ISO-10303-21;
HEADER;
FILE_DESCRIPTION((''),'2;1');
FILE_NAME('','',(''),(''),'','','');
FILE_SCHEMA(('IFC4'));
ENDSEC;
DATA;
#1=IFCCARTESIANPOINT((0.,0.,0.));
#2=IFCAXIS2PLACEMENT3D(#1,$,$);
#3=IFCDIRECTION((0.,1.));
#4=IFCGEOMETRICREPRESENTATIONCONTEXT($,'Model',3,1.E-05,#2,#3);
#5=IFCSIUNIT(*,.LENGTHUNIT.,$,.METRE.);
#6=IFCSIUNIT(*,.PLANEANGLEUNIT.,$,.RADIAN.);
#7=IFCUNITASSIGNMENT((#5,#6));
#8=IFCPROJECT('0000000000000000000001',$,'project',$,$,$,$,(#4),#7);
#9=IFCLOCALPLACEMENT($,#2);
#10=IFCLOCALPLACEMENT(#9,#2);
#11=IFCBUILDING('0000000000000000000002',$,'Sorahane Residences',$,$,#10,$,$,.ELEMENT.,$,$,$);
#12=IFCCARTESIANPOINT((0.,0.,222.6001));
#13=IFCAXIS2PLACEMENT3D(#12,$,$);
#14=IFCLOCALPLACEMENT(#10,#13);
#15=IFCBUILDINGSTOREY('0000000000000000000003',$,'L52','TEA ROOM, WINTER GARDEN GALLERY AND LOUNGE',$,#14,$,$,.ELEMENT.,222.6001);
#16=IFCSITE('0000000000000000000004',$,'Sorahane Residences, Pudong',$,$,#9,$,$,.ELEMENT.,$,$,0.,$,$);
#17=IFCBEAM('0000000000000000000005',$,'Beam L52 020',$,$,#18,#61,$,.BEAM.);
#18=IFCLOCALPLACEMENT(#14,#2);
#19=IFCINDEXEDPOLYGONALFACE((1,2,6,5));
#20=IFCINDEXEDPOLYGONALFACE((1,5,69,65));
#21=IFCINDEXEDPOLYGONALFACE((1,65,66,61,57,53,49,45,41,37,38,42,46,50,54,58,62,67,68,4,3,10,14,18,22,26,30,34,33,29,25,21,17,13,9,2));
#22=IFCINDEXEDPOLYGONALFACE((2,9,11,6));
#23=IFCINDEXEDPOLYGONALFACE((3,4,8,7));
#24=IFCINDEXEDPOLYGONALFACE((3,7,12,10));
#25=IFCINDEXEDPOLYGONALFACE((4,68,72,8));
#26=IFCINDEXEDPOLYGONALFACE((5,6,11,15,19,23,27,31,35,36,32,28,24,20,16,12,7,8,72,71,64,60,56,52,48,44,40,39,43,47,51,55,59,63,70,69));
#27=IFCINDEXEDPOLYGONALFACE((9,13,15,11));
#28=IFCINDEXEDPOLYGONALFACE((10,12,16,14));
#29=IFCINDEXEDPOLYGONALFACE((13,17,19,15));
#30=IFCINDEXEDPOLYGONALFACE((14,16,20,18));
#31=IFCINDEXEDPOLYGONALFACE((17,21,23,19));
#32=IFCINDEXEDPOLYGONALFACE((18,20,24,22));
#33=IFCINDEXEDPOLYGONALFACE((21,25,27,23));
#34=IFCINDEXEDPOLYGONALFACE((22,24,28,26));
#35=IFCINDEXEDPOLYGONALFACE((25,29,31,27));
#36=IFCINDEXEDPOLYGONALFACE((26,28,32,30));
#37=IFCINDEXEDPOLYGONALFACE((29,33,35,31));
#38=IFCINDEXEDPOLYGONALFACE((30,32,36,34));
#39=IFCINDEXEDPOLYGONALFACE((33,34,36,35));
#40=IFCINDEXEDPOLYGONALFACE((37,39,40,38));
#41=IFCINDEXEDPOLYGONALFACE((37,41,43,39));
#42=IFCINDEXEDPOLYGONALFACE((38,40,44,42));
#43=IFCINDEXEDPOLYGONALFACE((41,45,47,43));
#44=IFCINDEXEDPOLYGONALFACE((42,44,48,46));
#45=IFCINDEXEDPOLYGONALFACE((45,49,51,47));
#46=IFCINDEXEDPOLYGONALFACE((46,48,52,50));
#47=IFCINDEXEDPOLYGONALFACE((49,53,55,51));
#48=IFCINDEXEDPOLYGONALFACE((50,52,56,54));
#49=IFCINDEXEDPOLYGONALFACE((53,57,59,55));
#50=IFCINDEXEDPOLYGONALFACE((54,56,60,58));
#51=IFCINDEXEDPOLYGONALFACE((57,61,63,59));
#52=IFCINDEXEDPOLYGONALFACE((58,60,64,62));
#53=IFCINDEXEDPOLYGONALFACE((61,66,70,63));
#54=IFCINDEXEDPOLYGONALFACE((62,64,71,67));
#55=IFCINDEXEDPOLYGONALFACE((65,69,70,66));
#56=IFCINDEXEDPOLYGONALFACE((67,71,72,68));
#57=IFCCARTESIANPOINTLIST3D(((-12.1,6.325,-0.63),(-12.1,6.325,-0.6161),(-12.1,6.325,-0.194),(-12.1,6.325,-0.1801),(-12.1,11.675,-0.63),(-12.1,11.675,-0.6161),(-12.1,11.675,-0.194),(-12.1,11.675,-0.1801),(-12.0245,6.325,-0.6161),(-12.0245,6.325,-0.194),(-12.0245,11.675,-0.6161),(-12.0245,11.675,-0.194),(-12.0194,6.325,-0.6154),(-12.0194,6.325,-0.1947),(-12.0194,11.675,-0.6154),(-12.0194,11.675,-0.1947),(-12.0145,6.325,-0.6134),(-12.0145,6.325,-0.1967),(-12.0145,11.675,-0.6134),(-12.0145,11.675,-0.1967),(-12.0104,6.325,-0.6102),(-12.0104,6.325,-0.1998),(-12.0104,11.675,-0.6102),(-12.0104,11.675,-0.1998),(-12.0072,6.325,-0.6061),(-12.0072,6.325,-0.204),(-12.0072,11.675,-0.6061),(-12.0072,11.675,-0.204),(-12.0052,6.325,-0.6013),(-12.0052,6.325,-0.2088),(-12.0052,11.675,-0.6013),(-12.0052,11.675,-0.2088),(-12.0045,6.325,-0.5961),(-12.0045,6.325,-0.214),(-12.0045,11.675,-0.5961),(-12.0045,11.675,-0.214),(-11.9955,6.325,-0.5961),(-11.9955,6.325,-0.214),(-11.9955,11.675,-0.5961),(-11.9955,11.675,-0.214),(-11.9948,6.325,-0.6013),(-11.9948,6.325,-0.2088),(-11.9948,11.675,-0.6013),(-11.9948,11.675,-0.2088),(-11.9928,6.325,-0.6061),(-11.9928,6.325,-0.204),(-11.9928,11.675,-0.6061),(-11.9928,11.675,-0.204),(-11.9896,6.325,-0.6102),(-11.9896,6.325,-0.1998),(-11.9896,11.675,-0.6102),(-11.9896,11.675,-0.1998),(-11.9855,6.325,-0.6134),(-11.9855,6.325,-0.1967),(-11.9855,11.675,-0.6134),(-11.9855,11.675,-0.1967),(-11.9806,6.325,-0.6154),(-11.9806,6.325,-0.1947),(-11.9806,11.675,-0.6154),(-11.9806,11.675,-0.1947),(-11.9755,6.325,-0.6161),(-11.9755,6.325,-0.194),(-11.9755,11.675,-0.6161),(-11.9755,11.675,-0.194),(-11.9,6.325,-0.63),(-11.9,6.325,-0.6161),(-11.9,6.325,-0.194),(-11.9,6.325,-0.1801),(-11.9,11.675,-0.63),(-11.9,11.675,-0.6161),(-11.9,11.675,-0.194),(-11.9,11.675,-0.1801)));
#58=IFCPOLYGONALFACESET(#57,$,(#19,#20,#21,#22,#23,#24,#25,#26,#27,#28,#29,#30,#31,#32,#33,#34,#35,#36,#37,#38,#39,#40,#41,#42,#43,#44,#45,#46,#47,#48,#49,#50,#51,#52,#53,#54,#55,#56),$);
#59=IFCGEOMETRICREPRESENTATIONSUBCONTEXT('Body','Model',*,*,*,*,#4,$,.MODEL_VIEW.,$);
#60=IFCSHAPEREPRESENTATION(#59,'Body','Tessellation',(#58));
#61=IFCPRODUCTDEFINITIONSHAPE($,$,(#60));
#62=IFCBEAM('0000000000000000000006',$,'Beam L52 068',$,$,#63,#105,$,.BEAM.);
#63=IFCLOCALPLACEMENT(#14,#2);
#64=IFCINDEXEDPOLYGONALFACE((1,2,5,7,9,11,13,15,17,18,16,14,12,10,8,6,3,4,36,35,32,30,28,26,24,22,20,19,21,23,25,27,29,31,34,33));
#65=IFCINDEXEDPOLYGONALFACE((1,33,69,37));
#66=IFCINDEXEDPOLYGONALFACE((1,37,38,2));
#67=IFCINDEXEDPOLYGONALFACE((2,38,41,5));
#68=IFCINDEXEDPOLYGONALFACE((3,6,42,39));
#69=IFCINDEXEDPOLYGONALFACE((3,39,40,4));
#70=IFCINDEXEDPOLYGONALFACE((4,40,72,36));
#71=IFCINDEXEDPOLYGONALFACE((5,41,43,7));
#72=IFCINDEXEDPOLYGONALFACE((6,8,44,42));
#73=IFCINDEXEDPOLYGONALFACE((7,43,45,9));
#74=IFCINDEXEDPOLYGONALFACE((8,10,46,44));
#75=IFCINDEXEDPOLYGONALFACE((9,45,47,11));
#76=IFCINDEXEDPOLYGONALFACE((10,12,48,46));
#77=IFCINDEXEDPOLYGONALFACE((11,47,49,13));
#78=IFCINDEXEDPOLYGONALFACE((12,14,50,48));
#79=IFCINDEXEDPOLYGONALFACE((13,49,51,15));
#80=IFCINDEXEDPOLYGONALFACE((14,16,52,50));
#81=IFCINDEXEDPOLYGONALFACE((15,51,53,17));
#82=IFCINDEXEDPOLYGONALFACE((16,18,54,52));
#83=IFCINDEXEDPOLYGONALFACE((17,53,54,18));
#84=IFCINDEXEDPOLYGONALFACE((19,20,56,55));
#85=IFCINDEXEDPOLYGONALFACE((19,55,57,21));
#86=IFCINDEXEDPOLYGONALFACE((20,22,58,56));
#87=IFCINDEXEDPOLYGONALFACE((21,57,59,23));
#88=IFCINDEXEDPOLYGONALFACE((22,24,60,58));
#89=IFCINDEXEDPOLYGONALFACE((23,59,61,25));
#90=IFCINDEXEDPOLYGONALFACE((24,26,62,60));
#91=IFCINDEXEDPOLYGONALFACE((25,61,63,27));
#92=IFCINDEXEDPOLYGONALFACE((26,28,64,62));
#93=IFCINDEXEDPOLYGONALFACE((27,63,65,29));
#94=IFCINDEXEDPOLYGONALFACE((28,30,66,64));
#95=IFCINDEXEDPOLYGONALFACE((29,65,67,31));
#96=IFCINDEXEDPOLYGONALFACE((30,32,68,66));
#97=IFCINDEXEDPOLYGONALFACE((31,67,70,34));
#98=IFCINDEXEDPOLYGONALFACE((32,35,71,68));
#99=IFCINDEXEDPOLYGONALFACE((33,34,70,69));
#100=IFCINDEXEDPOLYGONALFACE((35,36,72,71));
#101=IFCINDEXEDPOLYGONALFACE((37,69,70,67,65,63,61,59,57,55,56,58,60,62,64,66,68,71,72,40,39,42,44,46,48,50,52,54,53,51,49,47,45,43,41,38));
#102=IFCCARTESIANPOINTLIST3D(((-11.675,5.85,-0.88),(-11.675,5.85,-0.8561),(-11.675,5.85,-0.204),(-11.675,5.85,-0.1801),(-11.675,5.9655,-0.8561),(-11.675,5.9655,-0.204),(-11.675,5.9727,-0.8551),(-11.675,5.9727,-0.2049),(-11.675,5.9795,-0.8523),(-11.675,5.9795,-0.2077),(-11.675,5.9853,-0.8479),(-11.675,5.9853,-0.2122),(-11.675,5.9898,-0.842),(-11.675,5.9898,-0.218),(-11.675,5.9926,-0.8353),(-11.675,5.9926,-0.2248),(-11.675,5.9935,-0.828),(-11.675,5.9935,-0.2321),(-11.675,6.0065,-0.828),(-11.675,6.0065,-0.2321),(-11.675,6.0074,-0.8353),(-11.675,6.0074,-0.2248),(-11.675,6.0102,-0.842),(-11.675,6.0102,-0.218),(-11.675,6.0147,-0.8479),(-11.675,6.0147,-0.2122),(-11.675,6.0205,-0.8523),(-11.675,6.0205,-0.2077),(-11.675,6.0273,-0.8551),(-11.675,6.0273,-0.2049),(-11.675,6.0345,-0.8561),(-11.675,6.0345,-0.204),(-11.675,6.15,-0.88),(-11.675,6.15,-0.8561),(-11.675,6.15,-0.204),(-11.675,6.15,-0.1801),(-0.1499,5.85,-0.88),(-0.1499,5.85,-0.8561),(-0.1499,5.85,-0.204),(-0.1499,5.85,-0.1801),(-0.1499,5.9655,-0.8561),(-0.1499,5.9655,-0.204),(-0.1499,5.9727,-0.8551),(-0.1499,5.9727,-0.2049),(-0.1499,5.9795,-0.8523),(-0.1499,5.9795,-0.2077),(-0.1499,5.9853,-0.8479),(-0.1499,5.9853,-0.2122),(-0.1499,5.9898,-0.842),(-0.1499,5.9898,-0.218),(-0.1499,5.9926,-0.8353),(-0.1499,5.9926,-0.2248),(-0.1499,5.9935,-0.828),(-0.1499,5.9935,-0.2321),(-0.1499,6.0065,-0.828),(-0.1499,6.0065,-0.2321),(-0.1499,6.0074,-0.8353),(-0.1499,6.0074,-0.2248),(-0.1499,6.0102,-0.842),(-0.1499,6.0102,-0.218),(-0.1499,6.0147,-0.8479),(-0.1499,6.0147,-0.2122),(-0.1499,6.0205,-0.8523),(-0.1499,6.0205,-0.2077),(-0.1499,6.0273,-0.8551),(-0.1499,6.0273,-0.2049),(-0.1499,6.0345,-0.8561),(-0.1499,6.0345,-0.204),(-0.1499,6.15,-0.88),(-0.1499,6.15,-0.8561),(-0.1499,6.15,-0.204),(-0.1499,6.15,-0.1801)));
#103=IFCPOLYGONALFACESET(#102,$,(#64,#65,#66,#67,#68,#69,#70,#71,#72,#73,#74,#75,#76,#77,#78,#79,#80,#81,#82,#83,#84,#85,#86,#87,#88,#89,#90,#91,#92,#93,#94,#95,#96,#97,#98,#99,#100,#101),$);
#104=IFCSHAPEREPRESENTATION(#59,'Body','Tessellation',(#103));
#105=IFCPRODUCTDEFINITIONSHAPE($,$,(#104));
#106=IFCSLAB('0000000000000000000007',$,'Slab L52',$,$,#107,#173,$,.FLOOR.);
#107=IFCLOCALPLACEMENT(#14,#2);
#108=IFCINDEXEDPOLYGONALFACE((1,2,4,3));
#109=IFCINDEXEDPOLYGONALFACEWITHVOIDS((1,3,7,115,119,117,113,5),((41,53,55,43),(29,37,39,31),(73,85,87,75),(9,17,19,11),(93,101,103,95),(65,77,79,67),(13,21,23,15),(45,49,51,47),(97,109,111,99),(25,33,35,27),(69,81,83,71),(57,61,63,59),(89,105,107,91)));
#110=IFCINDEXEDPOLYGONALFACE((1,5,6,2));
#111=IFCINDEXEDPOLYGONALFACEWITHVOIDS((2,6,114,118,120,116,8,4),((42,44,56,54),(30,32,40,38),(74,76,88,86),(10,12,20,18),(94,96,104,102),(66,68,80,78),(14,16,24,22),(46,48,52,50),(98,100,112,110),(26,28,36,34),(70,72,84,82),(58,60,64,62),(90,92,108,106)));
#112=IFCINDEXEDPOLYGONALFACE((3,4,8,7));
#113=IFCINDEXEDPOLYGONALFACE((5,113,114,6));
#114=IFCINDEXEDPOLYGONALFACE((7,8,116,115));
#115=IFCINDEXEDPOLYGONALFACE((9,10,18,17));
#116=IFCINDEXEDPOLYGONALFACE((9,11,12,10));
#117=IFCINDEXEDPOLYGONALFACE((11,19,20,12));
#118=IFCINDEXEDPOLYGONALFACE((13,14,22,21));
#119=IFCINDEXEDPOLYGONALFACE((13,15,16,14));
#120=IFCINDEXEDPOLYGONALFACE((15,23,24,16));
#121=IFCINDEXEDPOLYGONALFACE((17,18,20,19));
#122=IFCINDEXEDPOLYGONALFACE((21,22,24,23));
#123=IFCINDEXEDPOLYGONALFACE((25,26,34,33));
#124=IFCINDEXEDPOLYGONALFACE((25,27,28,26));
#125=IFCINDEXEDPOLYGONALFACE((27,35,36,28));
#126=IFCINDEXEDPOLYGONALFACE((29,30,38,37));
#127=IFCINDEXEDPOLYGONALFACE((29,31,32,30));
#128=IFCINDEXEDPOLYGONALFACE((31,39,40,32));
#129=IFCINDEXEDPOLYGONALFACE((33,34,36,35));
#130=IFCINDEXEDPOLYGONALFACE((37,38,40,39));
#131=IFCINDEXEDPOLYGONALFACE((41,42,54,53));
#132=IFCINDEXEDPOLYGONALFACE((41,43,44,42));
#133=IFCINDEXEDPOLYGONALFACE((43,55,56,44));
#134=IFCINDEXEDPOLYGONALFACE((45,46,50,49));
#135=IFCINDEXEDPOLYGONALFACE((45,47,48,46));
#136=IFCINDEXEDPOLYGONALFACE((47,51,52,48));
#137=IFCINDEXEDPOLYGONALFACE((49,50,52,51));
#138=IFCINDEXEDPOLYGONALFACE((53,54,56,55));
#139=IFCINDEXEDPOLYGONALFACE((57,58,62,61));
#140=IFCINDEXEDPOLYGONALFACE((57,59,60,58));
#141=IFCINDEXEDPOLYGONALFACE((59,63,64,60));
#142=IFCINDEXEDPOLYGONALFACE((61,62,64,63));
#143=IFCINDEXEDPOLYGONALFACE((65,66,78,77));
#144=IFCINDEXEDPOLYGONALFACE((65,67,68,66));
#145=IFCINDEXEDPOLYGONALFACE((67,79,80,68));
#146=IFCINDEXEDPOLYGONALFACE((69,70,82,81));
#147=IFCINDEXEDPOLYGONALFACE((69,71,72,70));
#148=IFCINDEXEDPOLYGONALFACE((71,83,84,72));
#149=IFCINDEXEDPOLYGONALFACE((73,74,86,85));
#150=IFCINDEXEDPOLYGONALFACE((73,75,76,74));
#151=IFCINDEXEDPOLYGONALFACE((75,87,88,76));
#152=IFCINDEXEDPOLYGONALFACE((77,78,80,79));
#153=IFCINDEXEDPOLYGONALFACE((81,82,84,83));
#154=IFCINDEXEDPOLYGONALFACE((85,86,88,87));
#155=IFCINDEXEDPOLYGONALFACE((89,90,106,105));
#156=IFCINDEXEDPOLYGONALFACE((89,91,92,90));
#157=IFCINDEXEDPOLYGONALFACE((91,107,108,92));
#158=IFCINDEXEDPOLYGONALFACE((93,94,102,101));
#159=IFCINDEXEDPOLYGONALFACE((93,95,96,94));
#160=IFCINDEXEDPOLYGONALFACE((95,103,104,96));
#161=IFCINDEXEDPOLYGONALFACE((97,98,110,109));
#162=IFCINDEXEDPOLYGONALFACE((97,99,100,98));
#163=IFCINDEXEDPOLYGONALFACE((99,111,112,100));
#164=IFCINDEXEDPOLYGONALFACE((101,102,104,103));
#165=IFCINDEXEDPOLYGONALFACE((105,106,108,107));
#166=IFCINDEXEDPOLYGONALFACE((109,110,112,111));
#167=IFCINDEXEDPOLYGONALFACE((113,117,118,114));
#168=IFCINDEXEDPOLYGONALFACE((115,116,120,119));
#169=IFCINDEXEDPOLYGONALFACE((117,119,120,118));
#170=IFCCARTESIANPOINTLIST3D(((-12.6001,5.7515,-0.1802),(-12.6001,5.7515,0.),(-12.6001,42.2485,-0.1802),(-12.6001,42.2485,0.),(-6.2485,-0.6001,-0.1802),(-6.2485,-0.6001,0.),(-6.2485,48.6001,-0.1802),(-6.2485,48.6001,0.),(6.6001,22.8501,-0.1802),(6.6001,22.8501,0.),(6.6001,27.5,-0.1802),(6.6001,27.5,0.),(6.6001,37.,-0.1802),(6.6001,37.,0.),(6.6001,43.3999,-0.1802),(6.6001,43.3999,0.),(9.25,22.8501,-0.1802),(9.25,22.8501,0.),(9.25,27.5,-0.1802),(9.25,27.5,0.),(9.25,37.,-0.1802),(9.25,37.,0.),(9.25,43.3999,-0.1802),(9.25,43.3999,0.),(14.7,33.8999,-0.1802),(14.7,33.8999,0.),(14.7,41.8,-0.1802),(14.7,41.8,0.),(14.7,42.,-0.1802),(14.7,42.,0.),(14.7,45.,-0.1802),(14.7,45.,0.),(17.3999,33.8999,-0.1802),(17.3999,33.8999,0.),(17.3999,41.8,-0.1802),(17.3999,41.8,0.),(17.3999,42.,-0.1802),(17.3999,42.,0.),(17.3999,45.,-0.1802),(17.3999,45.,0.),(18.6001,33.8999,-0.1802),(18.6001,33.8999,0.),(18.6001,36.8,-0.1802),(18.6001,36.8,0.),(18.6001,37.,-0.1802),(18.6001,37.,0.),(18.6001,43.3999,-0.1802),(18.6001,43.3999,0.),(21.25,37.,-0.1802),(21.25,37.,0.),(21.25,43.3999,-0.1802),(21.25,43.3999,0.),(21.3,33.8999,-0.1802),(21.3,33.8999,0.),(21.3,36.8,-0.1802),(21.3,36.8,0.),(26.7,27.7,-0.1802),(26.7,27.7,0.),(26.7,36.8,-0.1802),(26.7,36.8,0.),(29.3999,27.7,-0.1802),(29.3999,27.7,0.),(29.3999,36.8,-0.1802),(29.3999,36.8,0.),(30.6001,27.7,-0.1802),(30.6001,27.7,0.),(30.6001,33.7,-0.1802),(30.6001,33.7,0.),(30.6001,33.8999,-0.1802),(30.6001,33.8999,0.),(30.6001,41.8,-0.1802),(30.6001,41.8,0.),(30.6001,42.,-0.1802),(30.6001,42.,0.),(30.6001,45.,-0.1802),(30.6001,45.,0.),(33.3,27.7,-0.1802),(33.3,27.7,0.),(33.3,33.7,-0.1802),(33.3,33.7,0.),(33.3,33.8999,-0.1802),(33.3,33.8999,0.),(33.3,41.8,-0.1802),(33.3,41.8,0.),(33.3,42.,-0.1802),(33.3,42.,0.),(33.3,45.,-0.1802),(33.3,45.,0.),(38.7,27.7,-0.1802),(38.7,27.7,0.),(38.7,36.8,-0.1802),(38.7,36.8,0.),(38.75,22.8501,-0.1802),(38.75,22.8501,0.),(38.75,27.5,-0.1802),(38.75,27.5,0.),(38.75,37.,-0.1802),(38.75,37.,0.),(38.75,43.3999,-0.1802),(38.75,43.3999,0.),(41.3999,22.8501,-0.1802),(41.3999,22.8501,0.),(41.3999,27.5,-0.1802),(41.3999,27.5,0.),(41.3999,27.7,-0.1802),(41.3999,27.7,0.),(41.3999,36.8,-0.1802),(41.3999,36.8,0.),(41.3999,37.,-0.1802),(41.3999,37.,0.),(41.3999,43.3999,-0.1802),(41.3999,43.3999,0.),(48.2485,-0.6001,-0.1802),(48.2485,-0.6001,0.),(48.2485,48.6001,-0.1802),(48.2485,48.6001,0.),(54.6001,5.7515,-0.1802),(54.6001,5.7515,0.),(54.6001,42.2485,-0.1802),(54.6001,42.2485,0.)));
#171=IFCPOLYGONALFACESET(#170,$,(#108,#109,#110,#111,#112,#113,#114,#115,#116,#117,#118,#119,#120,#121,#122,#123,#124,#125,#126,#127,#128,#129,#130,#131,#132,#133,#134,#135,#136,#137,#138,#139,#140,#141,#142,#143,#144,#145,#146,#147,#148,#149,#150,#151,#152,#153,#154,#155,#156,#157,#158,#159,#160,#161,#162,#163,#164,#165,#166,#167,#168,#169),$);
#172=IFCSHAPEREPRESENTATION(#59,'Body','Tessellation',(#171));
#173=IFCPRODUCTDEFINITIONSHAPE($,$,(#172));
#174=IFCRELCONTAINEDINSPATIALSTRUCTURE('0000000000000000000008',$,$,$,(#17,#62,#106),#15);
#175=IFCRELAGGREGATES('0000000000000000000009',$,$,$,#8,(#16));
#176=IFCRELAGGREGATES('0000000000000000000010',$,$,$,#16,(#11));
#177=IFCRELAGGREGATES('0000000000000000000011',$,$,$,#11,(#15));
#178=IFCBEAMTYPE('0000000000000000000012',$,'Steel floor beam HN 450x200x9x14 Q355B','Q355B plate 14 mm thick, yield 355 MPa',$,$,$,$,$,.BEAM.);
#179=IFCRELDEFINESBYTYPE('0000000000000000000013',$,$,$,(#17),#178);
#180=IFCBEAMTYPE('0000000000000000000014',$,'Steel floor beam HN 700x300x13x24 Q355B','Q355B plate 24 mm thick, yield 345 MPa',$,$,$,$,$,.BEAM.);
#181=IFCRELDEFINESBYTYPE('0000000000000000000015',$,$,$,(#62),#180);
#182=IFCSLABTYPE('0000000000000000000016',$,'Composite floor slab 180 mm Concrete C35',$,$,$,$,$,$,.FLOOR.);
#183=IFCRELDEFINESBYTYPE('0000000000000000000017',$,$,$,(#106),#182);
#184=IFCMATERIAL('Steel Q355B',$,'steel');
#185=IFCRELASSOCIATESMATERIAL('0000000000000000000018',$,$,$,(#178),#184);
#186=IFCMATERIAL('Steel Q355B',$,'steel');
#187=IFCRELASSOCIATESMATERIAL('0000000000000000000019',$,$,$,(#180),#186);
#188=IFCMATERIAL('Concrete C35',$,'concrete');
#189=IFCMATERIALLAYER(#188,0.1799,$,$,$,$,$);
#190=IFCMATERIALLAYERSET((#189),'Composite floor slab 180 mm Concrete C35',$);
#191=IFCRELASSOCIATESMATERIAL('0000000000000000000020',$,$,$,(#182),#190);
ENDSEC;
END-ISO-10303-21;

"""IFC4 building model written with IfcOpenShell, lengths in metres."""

from ifc_helpers import new_model, si_unit, direction, frame, origin, origin_2d, place, context, subcontext, project, spatial, polyline, i_section, outline, extrude, material, layer, layer_set, material_profile, profile_set, type_object, element, save


model = new_model("IFC4")

# Units and contexts
model_context = context("Model", 3, precision=1e-05, world=origin(), true_north=direction((0.0, 1.0)))
body_context = subcontext(model_context, "Body", "Model", "MODEL_VIEW")
ifc_project = project(units=[si_unit("LENGTHUNIT", "METRE"), si_unit("PLANEANGLEUNIT", "RADIAN")], contexts=[model_context])

# Site, building, storey
site_placement = place(None, origin())
site = spatial("IfcSite", under=ifc_project, at=site_placement, Name="Sorahane Residences, Pudong", CompositionType="ELEMENT", RefElevation=0.0)
building_placement = place(site_placement, origin())
building = spatial("IfcBuilding", under=site, at=building_placement, Name="Sorahane Residences", CompositionType="ELEMENT")
storey_placement = place(building_placement, frame((0.0, 0.0, 222.6001)))
storey = spatial("IfcBuildingStorey", under=building, at=storey_placement, Name="L52", Description="TEA ROOM, WINTER GARDEN GALLERY AND LOUNGE", CompositionType="ELEMENT", Elevation=222.6001)

# Beams
ifc_material_1 = material(Name="Steel Q355B", Category="steel")
ifc_material_profile_1 = material_profile(ifc_material_1, i_section(OverallWidth=0.2, OverallDepth=0.45, WebThickness=0.009, FlangeThickness=0.0139, FilletRadius=0.02, at=origin_2d()), Name="HN 450x200x9x14")
ifc_profile_set_1 = profile_set([ifc_material_profile_1], Name="Steel Q355B")
beam_type_1 = type_object("IfcBeamType", Name="Steel floor beam HN 450x200x9x14 Q355B", Description="Q355B plate 14 mm thick, yield 355 MPa", PredefinedType="BEAM", material=ifc_profile_set_1)
for number, where, z_axis, x_axis, name in (
    (1, (-12.0, 6.325, -0.405), (0.0, 1.0, 0.0), (-1.0, 0.0, 0.0), "Beam L52 020"),
):
    element("IfcBeam", number, at=place(storey_placement, frame(where, z_axis=z_axis, x_axis=x_axis)), inside=storey, type_object=beam_type_1, Name=name, PredefinedType="BEAM", context=body_context, shape_type="SweptSolid", body=[
        extrude(i_section(OverallWidth=0.2, OverallDepth=0.45, WebThickness=0.009, FlangeThickness=0.0139, FilletRadius=0.02, at=origin_2d()), origin(), (0.0, 0.0, 1.0), 5.3501),
    ])
ifc_material_2 = material(Name="Steel Q355B", Category="steel")
ifc_material_profile_2 = material_profile(ifc_material_2, i_section(OverallWidth=0.3, OverallDepth=0.7, WebThickness=0.0129, FlangeThickness=0.0239, FilletRadius=0.0281, at=origin_2d()), Name="HN 700x300x13x24")
ifc_profile_set_2 = profile_set([ifc_material_profile_2], Name="Steel Q355B")
beam_type_2 = type_object("IfcBeamType", Name="Steel floor beam HN 700x300x13x24 Q355B", Description="Q355B plate 24 mm thick, yield 345 MPa", PredefinedType="BEAM", material=ifc_profile_set_2)
beam_placement = place(storey_placement, frame((-11.675, 6.0, -0.53), z_axis=(1.0, 0.0, 0.0), x_axis=(0.0, 1.0, 0.0)))
element("IfcBeam", 2, at=beam_placement, inside=storey, type_object=beam_type_2, Name="Beam L52 068", PredefinedType="BEAM", context=body_context, shape_type="SweptSolid", body=[
    extrude(i_section(OverallWidth=0.3, OverallDepth=0.7, WebThickness=0.0129, FlangeThickness=0.0239, FilletRadius=0.0281, at=origin_2d()), origin(), (0.0, 0.0, 1.0), 11.5251),
])

# Slab
ifc_material_3 = material(Name="Concrete C35", Category="concrete")
ifc_layer_1 = layer(ifc_material_3, 0.1799)
ifc_layer_set_1 = layer_set([ifc_layer_1], Name="Composite floor slab 180 mm Concrete C35")
slab_type_1 = type_object("IfcSlabType", Name="Composite floor slab 180 mm Concrete C35", PredefinedType="FLOOR", material=ifc_layer_set_1)
slab_1_placement = place(storey_placement, frame((0.0, 0.0, -0.1802)))
element("IfcSlab", 3, at=slab_1_placement, inside=storey, type_object=slab_type_1, Name="Slab L52", PredefinedType="FLOOR", context=body_context, shape_type="SweptSolid", body=[
    extrude(outline(polyline([(-6.2485, -0.6001), (-12.6001, 5.7515), (-12.6001, 42.2485), (-6.2485, 48.6001), (48.2485, 48.6001), (54.6001, 42.2485), (54.6001, 5.7515), (48.2485, -0.6001), (-6.2485, -0.6001)]), holes=[polyline([(38.7, 27.7), (41.3999, 27.7), (41.3999, 36.8), (38.7, 36.8), (38.7, 27.7)]), polyline([(30.6001, 27.7), (33.3, 27.7), (33.3, 33.7), (30.6001, 33.7), (30.6001, 27.7)]), polyline([(30.6001, 42.0), (33.3, 42.0), (33.3, 45.0), (30.6001, 45.0), (30.6001, 42.0)]), polyline([(14.7, 42.0), (17.3999, 42.0), (17.3999, 45.0), (14.7, 45.0), (14.7, 42.0)]), polyline([(6.6001, 43.3999), (6.6001, 37.0), (9.25, 37.0), (9.25, 43.3999), (6.6001, 43.3999)]), polyline([(38.75, 43.3999), (38.75, 37.0), (41.3999, 37.0), (41.3999, 43.3999), (38.75, 43.3999)]), polyline([(18.6001, 43.3999), (18.6001, 37.0), (21.25, 37.0), (21.25, 43.3999), (18.6001, 43.3999)]), polyline([(9.25, 22.8501), (9.25, 27.5), (6.6001, 27.5), (6.6001, 22.8501), (9.25, 22.8501)]), polyline([(41.3999, 22.8501), (41.3999, 27.5), (38.75, 27.5), (38.75, 22.8501), (41.3999, 22.8501)]), polyline([(14.7, 33.8999), (17.3999, 33.8999), (17.3999, 41.8), (14.7, 41.8), (14.7, 33.8999)]), polyline([(30.6001, 33.8999), (33.3, 33.8999), (33.3, 41.8), (30.6001, 41.8), (30.6001, 33.8999)]), polyline([(18.6001, 33.8999), (21.3, 33.8999), (21.3, 36.8), (18.6001, 36.8), (18.6001, 33.8999)]), polyline([(26.7, 27.7), (29.3999, 27.7), (29.3999, 36.8), (26.7, 36.8), (26.7, 27.7)])]), origin(), (0.0, 0.0, 1.0), 0.1802),
])

save(model, "model.ifc")
